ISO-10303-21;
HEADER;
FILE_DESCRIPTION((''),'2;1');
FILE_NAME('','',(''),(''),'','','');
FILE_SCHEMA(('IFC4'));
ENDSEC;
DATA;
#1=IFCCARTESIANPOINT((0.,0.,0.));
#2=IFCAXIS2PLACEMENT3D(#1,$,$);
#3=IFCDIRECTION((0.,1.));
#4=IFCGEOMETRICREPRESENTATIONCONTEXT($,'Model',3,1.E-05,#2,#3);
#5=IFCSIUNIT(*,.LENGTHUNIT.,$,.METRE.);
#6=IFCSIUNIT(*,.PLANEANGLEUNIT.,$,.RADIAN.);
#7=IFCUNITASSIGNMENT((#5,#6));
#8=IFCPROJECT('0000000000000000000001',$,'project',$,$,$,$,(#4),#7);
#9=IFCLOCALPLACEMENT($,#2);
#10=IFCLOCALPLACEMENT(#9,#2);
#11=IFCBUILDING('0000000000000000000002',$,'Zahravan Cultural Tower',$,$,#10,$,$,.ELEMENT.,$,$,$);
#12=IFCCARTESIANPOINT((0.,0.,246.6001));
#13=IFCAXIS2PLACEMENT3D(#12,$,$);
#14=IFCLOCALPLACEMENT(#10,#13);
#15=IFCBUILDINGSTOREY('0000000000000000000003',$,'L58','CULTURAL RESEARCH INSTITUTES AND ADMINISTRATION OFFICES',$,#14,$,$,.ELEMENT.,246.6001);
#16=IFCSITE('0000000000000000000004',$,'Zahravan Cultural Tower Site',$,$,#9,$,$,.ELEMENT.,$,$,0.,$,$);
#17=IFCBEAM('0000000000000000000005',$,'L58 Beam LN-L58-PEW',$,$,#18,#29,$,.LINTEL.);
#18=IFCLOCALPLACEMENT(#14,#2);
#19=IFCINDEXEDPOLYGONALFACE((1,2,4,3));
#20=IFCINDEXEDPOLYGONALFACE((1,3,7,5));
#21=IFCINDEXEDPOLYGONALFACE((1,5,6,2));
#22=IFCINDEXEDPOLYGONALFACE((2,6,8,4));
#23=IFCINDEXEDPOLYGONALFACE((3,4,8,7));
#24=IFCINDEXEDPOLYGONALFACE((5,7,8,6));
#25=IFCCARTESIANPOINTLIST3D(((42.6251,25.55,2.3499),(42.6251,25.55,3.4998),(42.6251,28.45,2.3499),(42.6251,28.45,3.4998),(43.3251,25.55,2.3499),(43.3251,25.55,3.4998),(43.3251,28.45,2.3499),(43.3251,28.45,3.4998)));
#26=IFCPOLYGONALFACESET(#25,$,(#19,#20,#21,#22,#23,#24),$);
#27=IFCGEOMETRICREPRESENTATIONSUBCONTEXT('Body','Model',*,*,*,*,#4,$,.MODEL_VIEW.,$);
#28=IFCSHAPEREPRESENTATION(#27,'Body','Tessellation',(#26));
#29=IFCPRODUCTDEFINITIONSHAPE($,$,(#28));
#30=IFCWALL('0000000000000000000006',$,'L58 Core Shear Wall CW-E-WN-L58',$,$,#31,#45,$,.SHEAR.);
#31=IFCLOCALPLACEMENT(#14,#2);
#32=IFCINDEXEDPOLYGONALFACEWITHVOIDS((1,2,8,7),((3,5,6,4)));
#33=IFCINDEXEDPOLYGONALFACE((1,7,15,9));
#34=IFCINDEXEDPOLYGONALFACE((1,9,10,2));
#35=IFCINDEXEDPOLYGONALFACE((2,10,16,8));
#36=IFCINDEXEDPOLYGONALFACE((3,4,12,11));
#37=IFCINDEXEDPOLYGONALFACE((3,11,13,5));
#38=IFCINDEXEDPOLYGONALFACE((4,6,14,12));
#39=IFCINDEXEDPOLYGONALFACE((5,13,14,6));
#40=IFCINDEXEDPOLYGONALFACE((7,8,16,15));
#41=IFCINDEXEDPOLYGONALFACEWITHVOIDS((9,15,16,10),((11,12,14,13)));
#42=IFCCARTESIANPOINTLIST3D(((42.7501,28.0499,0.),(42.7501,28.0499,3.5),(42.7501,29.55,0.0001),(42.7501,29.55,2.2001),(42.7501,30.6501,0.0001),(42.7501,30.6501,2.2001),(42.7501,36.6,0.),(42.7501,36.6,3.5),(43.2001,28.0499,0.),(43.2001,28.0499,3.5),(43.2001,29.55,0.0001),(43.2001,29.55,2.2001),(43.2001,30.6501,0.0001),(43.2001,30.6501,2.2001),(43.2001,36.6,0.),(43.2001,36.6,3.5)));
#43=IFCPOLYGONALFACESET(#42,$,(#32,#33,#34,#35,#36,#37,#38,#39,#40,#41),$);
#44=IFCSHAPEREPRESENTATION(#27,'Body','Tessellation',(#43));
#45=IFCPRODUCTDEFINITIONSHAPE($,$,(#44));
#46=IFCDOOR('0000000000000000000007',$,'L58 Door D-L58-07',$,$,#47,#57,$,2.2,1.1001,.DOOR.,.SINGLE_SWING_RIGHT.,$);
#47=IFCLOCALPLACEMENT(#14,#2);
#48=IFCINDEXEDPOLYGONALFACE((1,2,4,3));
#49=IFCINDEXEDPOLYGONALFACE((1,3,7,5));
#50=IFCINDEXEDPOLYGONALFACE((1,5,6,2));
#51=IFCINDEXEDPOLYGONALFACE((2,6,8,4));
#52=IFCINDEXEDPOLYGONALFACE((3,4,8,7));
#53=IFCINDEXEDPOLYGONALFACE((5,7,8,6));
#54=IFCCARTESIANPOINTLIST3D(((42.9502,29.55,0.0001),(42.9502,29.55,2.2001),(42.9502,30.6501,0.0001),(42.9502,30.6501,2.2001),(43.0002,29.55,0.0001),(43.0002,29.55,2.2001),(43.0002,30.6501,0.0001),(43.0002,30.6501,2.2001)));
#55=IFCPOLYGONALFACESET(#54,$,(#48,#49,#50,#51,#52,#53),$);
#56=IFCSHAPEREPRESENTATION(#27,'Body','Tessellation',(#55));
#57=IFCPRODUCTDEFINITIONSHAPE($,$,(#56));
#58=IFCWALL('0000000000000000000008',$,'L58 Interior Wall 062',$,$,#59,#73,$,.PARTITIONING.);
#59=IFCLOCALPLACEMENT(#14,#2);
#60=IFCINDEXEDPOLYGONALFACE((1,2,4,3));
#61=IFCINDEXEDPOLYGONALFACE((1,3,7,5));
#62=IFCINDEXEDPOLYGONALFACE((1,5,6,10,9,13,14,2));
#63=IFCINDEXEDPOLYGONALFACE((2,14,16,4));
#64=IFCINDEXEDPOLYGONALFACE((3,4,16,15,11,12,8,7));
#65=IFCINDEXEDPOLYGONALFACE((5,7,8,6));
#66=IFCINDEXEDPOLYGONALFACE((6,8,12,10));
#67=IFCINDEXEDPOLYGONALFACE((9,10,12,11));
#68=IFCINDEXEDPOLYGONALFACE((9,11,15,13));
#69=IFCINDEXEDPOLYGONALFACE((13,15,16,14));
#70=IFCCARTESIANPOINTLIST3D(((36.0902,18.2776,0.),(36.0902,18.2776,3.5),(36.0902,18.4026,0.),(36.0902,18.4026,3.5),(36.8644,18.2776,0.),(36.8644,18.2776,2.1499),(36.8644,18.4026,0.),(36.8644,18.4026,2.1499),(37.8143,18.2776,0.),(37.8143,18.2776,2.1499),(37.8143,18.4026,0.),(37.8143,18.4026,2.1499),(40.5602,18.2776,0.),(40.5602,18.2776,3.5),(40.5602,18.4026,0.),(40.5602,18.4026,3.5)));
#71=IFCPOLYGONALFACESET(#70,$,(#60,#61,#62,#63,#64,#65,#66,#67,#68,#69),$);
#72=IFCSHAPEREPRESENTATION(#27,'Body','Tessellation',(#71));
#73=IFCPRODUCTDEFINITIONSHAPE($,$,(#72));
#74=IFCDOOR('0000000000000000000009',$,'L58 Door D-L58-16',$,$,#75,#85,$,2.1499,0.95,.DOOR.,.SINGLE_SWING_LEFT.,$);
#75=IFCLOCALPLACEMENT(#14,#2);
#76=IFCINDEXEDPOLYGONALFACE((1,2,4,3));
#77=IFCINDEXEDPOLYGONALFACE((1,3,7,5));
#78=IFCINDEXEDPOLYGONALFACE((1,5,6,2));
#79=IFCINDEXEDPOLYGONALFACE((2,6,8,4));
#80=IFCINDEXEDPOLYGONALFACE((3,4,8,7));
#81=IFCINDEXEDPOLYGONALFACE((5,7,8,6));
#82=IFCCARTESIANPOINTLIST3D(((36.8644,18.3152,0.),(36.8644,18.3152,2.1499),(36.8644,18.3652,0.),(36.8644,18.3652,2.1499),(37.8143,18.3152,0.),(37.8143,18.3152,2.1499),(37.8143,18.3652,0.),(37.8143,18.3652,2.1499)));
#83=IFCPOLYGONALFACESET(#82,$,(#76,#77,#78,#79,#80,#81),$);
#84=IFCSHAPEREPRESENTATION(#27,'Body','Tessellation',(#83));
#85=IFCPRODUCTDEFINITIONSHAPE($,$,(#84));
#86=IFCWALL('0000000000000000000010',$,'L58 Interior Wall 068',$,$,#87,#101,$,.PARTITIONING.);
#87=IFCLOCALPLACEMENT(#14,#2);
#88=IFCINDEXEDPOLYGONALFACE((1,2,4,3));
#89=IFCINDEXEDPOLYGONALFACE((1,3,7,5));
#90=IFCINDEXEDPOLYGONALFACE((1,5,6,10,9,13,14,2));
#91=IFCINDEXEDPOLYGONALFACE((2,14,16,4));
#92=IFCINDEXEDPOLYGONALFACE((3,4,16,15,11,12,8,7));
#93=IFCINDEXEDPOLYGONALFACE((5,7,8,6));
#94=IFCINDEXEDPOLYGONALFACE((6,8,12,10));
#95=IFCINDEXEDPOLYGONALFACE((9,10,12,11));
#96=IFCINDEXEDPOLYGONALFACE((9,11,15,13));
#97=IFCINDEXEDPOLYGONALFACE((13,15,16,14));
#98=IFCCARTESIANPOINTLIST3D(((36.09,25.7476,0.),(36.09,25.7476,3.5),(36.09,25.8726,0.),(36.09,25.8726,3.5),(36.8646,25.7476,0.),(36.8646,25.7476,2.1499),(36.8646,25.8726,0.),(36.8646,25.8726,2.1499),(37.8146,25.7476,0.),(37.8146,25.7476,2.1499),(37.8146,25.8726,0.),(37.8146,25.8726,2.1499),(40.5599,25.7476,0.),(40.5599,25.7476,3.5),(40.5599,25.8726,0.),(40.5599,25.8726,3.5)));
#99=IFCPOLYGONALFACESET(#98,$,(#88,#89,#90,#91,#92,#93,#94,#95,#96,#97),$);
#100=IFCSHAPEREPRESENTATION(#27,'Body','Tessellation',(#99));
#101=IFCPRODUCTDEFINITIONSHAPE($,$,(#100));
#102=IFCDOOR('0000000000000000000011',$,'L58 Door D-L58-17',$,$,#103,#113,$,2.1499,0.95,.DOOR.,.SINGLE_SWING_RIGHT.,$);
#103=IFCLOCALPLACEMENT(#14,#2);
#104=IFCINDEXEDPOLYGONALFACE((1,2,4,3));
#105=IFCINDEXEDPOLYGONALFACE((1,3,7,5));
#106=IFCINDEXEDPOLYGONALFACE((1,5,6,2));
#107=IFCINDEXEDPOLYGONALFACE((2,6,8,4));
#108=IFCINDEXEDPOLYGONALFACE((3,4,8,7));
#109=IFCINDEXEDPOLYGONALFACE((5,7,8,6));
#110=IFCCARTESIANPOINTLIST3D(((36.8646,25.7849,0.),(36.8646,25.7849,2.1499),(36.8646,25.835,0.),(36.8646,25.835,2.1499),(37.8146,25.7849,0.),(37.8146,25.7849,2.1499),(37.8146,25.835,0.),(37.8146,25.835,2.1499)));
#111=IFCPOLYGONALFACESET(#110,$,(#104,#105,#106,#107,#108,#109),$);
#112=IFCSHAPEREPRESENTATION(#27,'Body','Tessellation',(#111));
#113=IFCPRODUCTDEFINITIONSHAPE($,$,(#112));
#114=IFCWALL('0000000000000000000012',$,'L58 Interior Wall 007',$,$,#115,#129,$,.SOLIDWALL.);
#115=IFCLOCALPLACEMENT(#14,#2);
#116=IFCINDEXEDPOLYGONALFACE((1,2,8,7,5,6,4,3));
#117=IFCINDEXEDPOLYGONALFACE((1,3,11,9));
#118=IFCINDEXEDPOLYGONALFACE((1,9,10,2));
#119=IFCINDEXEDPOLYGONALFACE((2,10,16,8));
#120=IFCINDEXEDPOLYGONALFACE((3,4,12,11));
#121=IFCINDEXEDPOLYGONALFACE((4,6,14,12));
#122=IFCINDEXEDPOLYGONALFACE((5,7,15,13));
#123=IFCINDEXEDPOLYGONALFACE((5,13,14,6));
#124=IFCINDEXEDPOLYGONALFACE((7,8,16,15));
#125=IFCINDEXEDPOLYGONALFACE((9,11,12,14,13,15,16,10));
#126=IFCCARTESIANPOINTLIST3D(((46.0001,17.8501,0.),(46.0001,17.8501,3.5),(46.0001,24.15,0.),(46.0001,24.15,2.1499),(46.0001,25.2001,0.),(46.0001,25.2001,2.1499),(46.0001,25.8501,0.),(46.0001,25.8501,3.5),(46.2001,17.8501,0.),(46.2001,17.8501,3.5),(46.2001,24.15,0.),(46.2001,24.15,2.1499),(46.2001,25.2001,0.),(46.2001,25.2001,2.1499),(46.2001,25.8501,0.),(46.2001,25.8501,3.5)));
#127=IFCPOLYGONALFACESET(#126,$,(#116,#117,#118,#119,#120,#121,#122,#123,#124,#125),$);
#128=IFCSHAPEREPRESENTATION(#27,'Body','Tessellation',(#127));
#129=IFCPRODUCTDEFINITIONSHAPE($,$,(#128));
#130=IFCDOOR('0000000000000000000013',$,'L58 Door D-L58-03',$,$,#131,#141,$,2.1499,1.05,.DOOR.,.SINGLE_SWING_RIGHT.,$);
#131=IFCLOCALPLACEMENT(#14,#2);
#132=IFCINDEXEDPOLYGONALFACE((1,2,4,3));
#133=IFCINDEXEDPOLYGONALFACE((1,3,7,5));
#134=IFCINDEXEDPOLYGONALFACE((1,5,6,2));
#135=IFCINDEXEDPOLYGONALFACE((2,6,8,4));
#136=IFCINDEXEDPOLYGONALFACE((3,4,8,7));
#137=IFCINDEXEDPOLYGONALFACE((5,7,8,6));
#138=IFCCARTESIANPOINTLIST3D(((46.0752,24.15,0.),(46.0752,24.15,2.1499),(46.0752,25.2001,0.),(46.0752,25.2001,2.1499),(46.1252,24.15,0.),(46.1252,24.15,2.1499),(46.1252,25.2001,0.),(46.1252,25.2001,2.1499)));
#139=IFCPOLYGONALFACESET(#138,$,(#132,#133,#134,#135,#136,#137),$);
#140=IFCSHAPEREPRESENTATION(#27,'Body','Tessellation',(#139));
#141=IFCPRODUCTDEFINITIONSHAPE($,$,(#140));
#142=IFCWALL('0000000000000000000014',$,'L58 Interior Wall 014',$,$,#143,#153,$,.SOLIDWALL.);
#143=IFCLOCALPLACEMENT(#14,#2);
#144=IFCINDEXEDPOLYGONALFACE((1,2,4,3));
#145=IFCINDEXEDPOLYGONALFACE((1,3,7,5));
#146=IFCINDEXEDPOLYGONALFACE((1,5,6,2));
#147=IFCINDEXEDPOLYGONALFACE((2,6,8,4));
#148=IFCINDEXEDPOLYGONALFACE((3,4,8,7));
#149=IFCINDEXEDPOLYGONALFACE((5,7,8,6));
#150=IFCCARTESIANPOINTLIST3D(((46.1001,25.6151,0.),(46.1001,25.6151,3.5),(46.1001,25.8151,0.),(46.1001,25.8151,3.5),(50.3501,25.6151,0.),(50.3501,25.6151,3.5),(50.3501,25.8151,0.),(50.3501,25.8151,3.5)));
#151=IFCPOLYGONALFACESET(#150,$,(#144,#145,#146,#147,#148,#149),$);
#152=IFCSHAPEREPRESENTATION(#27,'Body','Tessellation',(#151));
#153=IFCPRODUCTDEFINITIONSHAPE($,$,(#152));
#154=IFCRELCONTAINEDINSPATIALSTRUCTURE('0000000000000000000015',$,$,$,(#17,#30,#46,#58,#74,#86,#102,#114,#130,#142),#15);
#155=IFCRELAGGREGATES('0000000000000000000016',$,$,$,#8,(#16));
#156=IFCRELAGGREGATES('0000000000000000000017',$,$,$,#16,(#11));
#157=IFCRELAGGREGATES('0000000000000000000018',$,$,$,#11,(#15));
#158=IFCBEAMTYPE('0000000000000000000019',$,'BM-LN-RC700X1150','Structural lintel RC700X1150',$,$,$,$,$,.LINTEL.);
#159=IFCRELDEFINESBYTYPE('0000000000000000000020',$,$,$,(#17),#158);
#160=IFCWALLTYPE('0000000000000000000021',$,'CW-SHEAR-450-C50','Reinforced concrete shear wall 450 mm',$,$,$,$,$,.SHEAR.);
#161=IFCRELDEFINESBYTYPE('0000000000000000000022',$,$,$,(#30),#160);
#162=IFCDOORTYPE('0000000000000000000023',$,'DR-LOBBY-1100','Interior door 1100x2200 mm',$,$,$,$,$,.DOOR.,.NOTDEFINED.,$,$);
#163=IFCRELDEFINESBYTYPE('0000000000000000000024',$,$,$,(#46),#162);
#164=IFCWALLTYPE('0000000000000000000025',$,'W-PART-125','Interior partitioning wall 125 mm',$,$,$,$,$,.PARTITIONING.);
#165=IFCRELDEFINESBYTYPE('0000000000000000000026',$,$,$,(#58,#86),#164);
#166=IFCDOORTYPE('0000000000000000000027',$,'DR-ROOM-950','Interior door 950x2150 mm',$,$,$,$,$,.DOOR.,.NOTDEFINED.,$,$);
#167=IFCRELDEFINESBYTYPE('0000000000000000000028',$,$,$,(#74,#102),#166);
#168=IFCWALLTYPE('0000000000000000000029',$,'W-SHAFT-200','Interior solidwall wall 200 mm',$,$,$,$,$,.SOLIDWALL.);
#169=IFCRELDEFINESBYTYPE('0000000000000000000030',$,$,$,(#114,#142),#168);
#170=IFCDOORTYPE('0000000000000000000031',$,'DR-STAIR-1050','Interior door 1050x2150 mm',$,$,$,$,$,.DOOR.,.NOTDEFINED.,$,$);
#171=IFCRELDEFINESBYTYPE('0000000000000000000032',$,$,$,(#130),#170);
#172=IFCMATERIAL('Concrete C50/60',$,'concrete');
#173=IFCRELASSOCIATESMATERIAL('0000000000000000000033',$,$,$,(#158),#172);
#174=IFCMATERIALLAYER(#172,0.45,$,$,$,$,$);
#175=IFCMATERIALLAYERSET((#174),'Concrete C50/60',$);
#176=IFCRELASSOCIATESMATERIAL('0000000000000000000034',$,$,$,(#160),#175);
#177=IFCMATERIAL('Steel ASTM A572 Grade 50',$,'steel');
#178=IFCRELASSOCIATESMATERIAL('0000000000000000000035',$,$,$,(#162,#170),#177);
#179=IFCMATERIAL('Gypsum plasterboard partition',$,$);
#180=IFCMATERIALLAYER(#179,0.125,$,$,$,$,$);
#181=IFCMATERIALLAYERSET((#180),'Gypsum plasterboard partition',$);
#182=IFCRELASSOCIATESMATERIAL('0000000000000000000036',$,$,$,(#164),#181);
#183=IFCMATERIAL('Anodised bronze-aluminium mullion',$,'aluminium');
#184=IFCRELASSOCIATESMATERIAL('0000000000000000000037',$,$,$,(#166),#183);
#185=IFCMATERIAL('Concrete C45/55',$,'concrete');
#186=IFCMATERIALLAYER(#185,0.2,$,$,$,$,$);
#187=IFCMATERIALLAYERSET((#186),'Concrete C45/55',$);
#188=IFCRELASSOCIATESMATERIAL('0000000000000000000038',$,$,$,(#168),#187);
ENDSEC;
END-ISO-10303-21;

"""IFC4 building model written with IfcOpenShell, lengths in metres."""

from ifc_helpers import new_model, si_unit, direction, frame, frame_2d, origin, origin_2d, place, context, subcontext, project, spatial, rectangle, extrude, source, transform, mapped, material, layer, layer_set, material_profile, profile_set, type_object, element, fill, save


model = new_model("IFC4")

# Units and contexts
model_context = context("Model", 3, precision=1e-05, world=origin(), true_north=direction((0.0, 1.0)))
body_context = subcontext(model_context, "Body", "Model", "MODEL_VIEW")
ifc_project = project(units=[si_unit("LENGTHUNIT", "METRE"), si_unit("PLANEANGLEUNIT", "RADIAN")], contexts=[model_context])

# Site, building, storey
site_placement = place(None, origin())
site = spatial("IfcSite", under=ifc_project, at=site_placement, Name="Zahravan Cultural Tower Site", CompositionType="ELEMENT", RefElevation=0.0)
building_placement = place(site_placement, origin())
building = spatial("IfcBuilding", under=site, at=building_placement, Name="Zahravan Cultural Tower", CompositionType="ELEMENT")
storey_placement = place(building_placement, frame((0.0, 0.0, 246.6001)))
storey = spatial("IfcBuildingStorey", under=building, at=storey_placement, Name="L58", Description="CULTURAL RESEARCH INSTITUTES AND ADMINISTRATION OFFICES", CompositionType="ELEMENT", Elevation=246.6001)

# Beam
ifc_material_1 = material(Name="Concrete C50/60", Category="concrete")
ifc_material_profile = material_profile(ifc_material_1, rectangle(XDim=0.7, YDim=1.1499, at=origin_2d()), Name="RC700X1150")
ifc_profile_set = profile_set([ifc_material_profile], Name="Concrete C50/60")
beam_type = type_object("IfcBeamType", Name="BM-LN-RC700X1150", Description="Structural lintel RC700X1150", PredefinedType="LINTEL", material=ifc_profile_set)
shared_shape_1 = source(origin(), body_context, "Body", "SweptSolid", [
    extrude(rectangle(XDim=0.7, YDim=1.1499, at=origin_2d()), origin(), (0.0, 0.0, 1.0), 2.8999),
])
beam_placement = place(storey_placement, frame((42.9751, 25.55, 2.9248), z_axis=(0.0, 1.0, 0.0), x_axis=(-1.0, 0.0, 0.0)))
element("IfcBeam", 1, at=beam_placement, inside=storey, type_object=beam_type, Name="L58 Beam LN-L58-PEW", PredefinedType="LINTEL", context=body_context, shape_type="MappedRepresentation", body=[
    mapped(shared_shape_1, transform((0.0, 0.0, 0.0), x_axis=(1.0, 0.0, 0.0), y_axis=(0.0, 1.0, 0.0), z_axis=(0.0, 0.0, 1.0), scale=1.0)),
])

# Walls, openings, doors
ifc_layer_1 = layer(ifc_material_1, 0.45)
ifc_layer_set_1 = layer_set([ifc_layer_1], Name="Concrete C50/60")
wall_type_1 = type_object("IfcWallType", Name="CW-SHEAR-450-C50", Description="Reinforced concrete shear wall 450 mm", PredefinedType="SHEAR", material=ifc_layer_set_1)
wall_1_placement = place(storey_placement, frame((42.9751, 28.05, 0.0), z_axis=(0.0, 0.0, 1.0), x_axis=(0.0, 1.0, 0.0)))
wall_1 = element("IfcWall", 2, at=wall_1_placement, inside=storey, type_object=wall_type_1, Name="L58 Core Shear Wall CW-E-WN-L58", PredefinedType="SHEAR", context=body_context, shape_type="SweptSolid", body=[
    extrude(rectangle(XDim=8.55, YDim=0.45, at=frame_2d((4.2749, 0.0))), origin(), (0.0, 0.0, 1.0), 3.5),
])
opening_1_placement = place(wall_1_placement, frame((1.5, 0.0, 0.0)))
opening_1 = element("IfcOpeningElement", 3, at=opening_1_placement, cuts=wall_1, PredefinedType="OPENING", context=body_context, shape_type="SweptSolid", body=[
    extrude(rectangle(XDim=1.1001, YDim=2.2, at=frame_2d((0.55, 1.1001))), frame((0.0, 0.2349, 0.0), z_axis=(0.0, -1.0, 0.0), x_axis=(1.0, 0.0, 0.0)), (0.0, 0.0, 1.0), 0.47),
])
ifc_material_2 = material(Name="Steel ASTM A572 Grade 50", Category="steel")
door_type_1 = type_object("IfcDoorType", Name="DR-LOBBY-1100", Description="Interior door 1100x2200 mm", OperationType="NOTDEFINED", PredefinedType="DOOR", material=ifc_material_2)
shared_shape_2 = source(origin(), body_context, "Body", "SweptSolid", [
    extrude(rectangle(XDim=1.1001, YDim=2.2, at=frame_2d((0.55, 1.1001))), frame((0.0, 0.0249, 0.0), z_axis=(0.0, -1.0, 0.0), x_axis=(1.0, 0.0, 0.0)), (0.0, 0.0, 1.0), 0.05),
])
door_1_placement = place(opening_1_placement, origin())
door_1 = element("IfcDoor", 4, at=door_1_placement, inside=storey, type_object=door_type_1, Name="L58 Door D-L58-07", OperationType="SINGLE_SWING_RIGHT", OverallHeight=2.2, OverallWidth=1.1001, PredefinedType="DOOR", context=body_context, shape_type="MappedRepresentation", body=[
    mapped(shared_shape_2, transform((0.0, 0.0, 0.0), x_axis=(1.0, 0.0, 0.0), y_axis=(0.0, 1.0, 0.0), z_axis=(0.0, 0.0, 1.0), scale=1.0)),
])
fill(opening_1, door_1)
ifc_material_3 = material(Name="Gypsum plasterboard partition")
ifc_layer_2 = layer(ifc_material_3, 0.125)
ifc_layer_set_2 = layer_set([ifc_layer_2], Name="Gypsum plasterboard partition")
wall_type_2 = type_object("IfcWallType", Name="W-PART-125", Description="Interior partitioning wall 125 mm", PredefinedType="PARTITIONING", material=ifc_layer_set_2)
ifc_material_4 = material(Name="Anodised bronze-aluminium mullion", Category="aluminium")
door_type_2 = type_object("IfcDoorType", Name="DR-ROOM-950", Description="Interior door 950x2150 mm", OperationType="NOTDEFINED", PredefinedType="DOOR", material=ifc_material_4)
shared_shape_3 = source(origin(), body_context, "Body", "SweptSolid", [
    extrude(rectangle(XDim=0.95, YDim=2.1499, at=frame_2d((0.4751, 1.075))), frame((0.0, 0.0249, 0.0), z_axis=(0.0, -1.0, 0.0), x_axis=(1.0, 0.0, 0.0)), (0.0, 0.0, 1.0), 0.05),
])
wall_2_placement = place(storey_placement, frame((40.5601, 18.3401, 0.0), z_axis=(0.0, 0.0, 1.0), x_axis=(-1.0, 0.0, 0.0)))
wall_2 = element("IfcWall", 5, at=wall_2_placement, inside=storey, type_object=wall_type_2, Name="L58 Interior Wall 062", PredefinedType="PARTITIONING", context=body_context, shape_type="SweptSolid", body=[
    extrude(rectangle(XDim=4.47, YDim=0.125, at=frame_2d((2.2349, 0.0))), origin(), (0.0, 0.0, 1.0), 3.5),
])
opening_2_placement = place(wall_2_placement, frame((2.7456, 0.0, 0.0)))
opening_2 = element("IfcOpeningElement", 6, at=opening_2_placement, cuts=wall_2, PredefinedType="OPENING", context=body_context, shape_type="SweptSolid", body=[
    extrude(rectangle(XDim=0.95, YDim=2.1499, at=frame_2d((0.4751, 1.075))), frame((0.0, 0.0725, 0.0), z_axis=(0.0, -1.0, 0.0), x_axis=(1.0, 0.0, 0.0)), (0.0, 0.0, 1.0), 0.145),
])
door_2_placement = place(opening_2_placement, origin())
door_2 = element("IfcDoor", 7, at=door_2_placement, inside=storey, type_object=door_type_2, Name="L58 Door D-L58-16", OperationType="SINGLE_SWING_LEFT", OverallHeight=2.1499, OverallWidth=0.95, PredefinedType="DOOR", context=body_context, shape_type="MappedRepresentation", body=[
    mapped(shared_shape_3, transform((0.0, 0.0, 0.0), x_axis=(1.0, 0.0, 0.0), y_axis=(0.0, 1.0, 0.0), z_axis=(0.0, 0.0, 1.0), scale=1.0)),
])
fill(opening_2, door_2)
wall_3_placement = place(storey_placement, frame((36.0901, 25.8101, 0.0), z_axis=(0.0, 0.0, 1.0), x_axis=(1.0, 0.0, 0.0)))
wall_3 = element("IfcWall", 8, at=wall_3_placement, inside=storey, type_object=wall_type_2, Name="L58 Interior Wall 068", PredefinedType="PARTITIONING", context=body_context, shape_type="SweptSolid", body=[
    extrude(rectangle(XDim=4.47, YDim=0.125, at=frame_2d((2.2349, 0.0))), origin(), (0.0, 0.0, 1.0), 3.5),
])
opening_3_placement = place(wall_3_placement, frame((0.7744, 0.0, 0.0)))
opening_3 = element("IfcOpeningElement", 9, at=opening_3_placement, cuts=wall_3, PredefinedType="OPENING", context=body_context, shape_type="SweptSolid", body=[
    extrude(rectangle(XDim=0.95, YDim=2.1499, at=frame_2d((0.4751, 1.075))), frame((0.0, 0.0725, 0.0), z_axis=(0.0, -1.0, 0.0), x_axis=(1.0, 0.0, 0.0)), (0.0, 0.0, 1.0), 0.145),
])
door_3_placement = place(opening_3_placement, origin())
door_3 = element("IfcDoor", 10, at=door_3_placement, inside=storey, type_object=door_type_2, Name="L58 Door D-L58-17", OperationType="SINGLE_SWING_RIGHT", OverallHeight=2.1499, OverallWidth=0.95, PredefinedType="DOOR", context=body_context, shape_type="MappedRepresentation", body=[
    mapped(shared_shape_3, transform((0.0, 0.0, 0.0), x_axis=(1.0, 0.0, 0.0), y_axis=(0.0, 1.0, 0.0), z_axis=(0.0, 0.0, 1.0), scale=1.0)),
])
fill(opening_3, door_3)
ifc_material_5 = material(Name="Concrete C45/55", Category="concrete")
ifc_layer_3 = layer(ifc_material_5, 0.2)
ifc_layer_set_3 = layer_set([ifc_layer_3], Name="Concrete C45/55")
wall_type_3 = type_object("IfcWallType", Name="W-SHAFT-200", Description="Interior solidwall wall 200 mm", PredefinedType="SOLIDWALL", material=ifc_layer_set_3)
wall_4_placement = place(storey_placement, frame((46.1001, 17.8501, 0.0), z_axis=(0.0, 0.0, 1.0), x_axis=(0.0, 1.0, 0.0)))
wall_4 = element("IfcWall", 11, at=wall_4_placement, inside=storey, type_object=wall_type_3, Name="L58 Interior Wall 007", PredefinedType="SOLIDWALL", context=body_context, shape_type="SweptSolid", body=[
    extrude(rectangle(XDim=8.0, YDim=0.2, at=frame_2d((4.0, 0.0))), origin(), (0.0, 0.0, 1.0), 3.5),
])
opening_4_placement = place(wall_4_placement, frame((6.3, 0.0, 0.0)))
opening_4 = element("IfcOpeningElement", 12, at=opening_4_placement, cuts=wall_4, PredefinedType="OPENING", context=body_context, shape_type="SweptSolid", body=[
    extrude(rectangle(XDim=1.05, YDim=2.1499, at=frame_2d((0.5249, 1.075))), frame((0.0, 0.1099, 0.0), z_axis=(0.0, -1.0, 0.0), x_axis=(1.0, 0.0, 0.0)), (0.0, 0.0, 1.0), 0.22),
])
door_type_3 = type_object("IfcDoorType", Name="DR-STAIR-1050", Description="Interior door 1050x2150 mm", OperationType="NOTDEFINED", PredefinedType="DOOR", material=ifc_material_2)
shared_shape_4 = source(origin(), body_context, "Body", "SweptSolid", [
    extrude(rectangle(XDim=1.05, YDim=2.1499, at=frame_2d((0.5249, 1.075))), frame((0.0, 0.0249, 0.0), z_axis=(0.0, -1.0, 0.0), x_axis=(1.0, 0.0, 0.0)), (0.0, 0.0, 1.0), 0.05),
])
door_4_placement = place(opening_4_placement, origin())
door_4 = element("IfcDoor", 13, at=door_4_placement, inside=storey, type_object=door_type_3, Name="L58 Door D-L58-03", OperationType="SINGLE_SWING_RIGHT", OverallHeight=2.1499, OverallWidth=1.05, PredefinedType="DOOR", context=body_context, shape_type="MappedRepresentation", body=[
    mapped(shared_shape_4, transform((0.0, 0.0, 0.0), x_axis=(1.0, 0.0, 0.0), y_axis=(0.0, 1.0, 0.0), z_axis=(0.0, 0.0, 1.0), scale=1.0)),
])
fill(opening_4, door_4)

# Wall
shared_shape_5 = source(origin(), body_context, "Body", "SweptSolid", [
    extrude(rectangle(XDim=4.25, YDim=0.2, at=frame_2d((2.125, 0.0))), origin(), (0.0, 0.0, 1.0), 3.5),
])
wall_5_placement = place(storey_placement, frame((46.1001, 25.7151, 0.0), z_axis=(0.0, 0.0, 1.0), x_axis=(1.0, 0.0, 0.0)))
element("IfcWall", 14, at=wall_5_placement, inside=storey, type_object=wall_type_3, Name="L58 Interior Wall 014", PredefinedType="SOLIDWALL", context=body_context, shape_type="MappedRepresentation", body=[
    mapped(shared_shape_5, transform((0.0, 0.0, 0.0), x_axis=(1.0, 0.0, 0.0), y_axis=(0.0, 1.0, 0.0), z_axis=(0.0, 0.0, 1.0), scale=1.0)),
])

save(model, "model.ifc")
